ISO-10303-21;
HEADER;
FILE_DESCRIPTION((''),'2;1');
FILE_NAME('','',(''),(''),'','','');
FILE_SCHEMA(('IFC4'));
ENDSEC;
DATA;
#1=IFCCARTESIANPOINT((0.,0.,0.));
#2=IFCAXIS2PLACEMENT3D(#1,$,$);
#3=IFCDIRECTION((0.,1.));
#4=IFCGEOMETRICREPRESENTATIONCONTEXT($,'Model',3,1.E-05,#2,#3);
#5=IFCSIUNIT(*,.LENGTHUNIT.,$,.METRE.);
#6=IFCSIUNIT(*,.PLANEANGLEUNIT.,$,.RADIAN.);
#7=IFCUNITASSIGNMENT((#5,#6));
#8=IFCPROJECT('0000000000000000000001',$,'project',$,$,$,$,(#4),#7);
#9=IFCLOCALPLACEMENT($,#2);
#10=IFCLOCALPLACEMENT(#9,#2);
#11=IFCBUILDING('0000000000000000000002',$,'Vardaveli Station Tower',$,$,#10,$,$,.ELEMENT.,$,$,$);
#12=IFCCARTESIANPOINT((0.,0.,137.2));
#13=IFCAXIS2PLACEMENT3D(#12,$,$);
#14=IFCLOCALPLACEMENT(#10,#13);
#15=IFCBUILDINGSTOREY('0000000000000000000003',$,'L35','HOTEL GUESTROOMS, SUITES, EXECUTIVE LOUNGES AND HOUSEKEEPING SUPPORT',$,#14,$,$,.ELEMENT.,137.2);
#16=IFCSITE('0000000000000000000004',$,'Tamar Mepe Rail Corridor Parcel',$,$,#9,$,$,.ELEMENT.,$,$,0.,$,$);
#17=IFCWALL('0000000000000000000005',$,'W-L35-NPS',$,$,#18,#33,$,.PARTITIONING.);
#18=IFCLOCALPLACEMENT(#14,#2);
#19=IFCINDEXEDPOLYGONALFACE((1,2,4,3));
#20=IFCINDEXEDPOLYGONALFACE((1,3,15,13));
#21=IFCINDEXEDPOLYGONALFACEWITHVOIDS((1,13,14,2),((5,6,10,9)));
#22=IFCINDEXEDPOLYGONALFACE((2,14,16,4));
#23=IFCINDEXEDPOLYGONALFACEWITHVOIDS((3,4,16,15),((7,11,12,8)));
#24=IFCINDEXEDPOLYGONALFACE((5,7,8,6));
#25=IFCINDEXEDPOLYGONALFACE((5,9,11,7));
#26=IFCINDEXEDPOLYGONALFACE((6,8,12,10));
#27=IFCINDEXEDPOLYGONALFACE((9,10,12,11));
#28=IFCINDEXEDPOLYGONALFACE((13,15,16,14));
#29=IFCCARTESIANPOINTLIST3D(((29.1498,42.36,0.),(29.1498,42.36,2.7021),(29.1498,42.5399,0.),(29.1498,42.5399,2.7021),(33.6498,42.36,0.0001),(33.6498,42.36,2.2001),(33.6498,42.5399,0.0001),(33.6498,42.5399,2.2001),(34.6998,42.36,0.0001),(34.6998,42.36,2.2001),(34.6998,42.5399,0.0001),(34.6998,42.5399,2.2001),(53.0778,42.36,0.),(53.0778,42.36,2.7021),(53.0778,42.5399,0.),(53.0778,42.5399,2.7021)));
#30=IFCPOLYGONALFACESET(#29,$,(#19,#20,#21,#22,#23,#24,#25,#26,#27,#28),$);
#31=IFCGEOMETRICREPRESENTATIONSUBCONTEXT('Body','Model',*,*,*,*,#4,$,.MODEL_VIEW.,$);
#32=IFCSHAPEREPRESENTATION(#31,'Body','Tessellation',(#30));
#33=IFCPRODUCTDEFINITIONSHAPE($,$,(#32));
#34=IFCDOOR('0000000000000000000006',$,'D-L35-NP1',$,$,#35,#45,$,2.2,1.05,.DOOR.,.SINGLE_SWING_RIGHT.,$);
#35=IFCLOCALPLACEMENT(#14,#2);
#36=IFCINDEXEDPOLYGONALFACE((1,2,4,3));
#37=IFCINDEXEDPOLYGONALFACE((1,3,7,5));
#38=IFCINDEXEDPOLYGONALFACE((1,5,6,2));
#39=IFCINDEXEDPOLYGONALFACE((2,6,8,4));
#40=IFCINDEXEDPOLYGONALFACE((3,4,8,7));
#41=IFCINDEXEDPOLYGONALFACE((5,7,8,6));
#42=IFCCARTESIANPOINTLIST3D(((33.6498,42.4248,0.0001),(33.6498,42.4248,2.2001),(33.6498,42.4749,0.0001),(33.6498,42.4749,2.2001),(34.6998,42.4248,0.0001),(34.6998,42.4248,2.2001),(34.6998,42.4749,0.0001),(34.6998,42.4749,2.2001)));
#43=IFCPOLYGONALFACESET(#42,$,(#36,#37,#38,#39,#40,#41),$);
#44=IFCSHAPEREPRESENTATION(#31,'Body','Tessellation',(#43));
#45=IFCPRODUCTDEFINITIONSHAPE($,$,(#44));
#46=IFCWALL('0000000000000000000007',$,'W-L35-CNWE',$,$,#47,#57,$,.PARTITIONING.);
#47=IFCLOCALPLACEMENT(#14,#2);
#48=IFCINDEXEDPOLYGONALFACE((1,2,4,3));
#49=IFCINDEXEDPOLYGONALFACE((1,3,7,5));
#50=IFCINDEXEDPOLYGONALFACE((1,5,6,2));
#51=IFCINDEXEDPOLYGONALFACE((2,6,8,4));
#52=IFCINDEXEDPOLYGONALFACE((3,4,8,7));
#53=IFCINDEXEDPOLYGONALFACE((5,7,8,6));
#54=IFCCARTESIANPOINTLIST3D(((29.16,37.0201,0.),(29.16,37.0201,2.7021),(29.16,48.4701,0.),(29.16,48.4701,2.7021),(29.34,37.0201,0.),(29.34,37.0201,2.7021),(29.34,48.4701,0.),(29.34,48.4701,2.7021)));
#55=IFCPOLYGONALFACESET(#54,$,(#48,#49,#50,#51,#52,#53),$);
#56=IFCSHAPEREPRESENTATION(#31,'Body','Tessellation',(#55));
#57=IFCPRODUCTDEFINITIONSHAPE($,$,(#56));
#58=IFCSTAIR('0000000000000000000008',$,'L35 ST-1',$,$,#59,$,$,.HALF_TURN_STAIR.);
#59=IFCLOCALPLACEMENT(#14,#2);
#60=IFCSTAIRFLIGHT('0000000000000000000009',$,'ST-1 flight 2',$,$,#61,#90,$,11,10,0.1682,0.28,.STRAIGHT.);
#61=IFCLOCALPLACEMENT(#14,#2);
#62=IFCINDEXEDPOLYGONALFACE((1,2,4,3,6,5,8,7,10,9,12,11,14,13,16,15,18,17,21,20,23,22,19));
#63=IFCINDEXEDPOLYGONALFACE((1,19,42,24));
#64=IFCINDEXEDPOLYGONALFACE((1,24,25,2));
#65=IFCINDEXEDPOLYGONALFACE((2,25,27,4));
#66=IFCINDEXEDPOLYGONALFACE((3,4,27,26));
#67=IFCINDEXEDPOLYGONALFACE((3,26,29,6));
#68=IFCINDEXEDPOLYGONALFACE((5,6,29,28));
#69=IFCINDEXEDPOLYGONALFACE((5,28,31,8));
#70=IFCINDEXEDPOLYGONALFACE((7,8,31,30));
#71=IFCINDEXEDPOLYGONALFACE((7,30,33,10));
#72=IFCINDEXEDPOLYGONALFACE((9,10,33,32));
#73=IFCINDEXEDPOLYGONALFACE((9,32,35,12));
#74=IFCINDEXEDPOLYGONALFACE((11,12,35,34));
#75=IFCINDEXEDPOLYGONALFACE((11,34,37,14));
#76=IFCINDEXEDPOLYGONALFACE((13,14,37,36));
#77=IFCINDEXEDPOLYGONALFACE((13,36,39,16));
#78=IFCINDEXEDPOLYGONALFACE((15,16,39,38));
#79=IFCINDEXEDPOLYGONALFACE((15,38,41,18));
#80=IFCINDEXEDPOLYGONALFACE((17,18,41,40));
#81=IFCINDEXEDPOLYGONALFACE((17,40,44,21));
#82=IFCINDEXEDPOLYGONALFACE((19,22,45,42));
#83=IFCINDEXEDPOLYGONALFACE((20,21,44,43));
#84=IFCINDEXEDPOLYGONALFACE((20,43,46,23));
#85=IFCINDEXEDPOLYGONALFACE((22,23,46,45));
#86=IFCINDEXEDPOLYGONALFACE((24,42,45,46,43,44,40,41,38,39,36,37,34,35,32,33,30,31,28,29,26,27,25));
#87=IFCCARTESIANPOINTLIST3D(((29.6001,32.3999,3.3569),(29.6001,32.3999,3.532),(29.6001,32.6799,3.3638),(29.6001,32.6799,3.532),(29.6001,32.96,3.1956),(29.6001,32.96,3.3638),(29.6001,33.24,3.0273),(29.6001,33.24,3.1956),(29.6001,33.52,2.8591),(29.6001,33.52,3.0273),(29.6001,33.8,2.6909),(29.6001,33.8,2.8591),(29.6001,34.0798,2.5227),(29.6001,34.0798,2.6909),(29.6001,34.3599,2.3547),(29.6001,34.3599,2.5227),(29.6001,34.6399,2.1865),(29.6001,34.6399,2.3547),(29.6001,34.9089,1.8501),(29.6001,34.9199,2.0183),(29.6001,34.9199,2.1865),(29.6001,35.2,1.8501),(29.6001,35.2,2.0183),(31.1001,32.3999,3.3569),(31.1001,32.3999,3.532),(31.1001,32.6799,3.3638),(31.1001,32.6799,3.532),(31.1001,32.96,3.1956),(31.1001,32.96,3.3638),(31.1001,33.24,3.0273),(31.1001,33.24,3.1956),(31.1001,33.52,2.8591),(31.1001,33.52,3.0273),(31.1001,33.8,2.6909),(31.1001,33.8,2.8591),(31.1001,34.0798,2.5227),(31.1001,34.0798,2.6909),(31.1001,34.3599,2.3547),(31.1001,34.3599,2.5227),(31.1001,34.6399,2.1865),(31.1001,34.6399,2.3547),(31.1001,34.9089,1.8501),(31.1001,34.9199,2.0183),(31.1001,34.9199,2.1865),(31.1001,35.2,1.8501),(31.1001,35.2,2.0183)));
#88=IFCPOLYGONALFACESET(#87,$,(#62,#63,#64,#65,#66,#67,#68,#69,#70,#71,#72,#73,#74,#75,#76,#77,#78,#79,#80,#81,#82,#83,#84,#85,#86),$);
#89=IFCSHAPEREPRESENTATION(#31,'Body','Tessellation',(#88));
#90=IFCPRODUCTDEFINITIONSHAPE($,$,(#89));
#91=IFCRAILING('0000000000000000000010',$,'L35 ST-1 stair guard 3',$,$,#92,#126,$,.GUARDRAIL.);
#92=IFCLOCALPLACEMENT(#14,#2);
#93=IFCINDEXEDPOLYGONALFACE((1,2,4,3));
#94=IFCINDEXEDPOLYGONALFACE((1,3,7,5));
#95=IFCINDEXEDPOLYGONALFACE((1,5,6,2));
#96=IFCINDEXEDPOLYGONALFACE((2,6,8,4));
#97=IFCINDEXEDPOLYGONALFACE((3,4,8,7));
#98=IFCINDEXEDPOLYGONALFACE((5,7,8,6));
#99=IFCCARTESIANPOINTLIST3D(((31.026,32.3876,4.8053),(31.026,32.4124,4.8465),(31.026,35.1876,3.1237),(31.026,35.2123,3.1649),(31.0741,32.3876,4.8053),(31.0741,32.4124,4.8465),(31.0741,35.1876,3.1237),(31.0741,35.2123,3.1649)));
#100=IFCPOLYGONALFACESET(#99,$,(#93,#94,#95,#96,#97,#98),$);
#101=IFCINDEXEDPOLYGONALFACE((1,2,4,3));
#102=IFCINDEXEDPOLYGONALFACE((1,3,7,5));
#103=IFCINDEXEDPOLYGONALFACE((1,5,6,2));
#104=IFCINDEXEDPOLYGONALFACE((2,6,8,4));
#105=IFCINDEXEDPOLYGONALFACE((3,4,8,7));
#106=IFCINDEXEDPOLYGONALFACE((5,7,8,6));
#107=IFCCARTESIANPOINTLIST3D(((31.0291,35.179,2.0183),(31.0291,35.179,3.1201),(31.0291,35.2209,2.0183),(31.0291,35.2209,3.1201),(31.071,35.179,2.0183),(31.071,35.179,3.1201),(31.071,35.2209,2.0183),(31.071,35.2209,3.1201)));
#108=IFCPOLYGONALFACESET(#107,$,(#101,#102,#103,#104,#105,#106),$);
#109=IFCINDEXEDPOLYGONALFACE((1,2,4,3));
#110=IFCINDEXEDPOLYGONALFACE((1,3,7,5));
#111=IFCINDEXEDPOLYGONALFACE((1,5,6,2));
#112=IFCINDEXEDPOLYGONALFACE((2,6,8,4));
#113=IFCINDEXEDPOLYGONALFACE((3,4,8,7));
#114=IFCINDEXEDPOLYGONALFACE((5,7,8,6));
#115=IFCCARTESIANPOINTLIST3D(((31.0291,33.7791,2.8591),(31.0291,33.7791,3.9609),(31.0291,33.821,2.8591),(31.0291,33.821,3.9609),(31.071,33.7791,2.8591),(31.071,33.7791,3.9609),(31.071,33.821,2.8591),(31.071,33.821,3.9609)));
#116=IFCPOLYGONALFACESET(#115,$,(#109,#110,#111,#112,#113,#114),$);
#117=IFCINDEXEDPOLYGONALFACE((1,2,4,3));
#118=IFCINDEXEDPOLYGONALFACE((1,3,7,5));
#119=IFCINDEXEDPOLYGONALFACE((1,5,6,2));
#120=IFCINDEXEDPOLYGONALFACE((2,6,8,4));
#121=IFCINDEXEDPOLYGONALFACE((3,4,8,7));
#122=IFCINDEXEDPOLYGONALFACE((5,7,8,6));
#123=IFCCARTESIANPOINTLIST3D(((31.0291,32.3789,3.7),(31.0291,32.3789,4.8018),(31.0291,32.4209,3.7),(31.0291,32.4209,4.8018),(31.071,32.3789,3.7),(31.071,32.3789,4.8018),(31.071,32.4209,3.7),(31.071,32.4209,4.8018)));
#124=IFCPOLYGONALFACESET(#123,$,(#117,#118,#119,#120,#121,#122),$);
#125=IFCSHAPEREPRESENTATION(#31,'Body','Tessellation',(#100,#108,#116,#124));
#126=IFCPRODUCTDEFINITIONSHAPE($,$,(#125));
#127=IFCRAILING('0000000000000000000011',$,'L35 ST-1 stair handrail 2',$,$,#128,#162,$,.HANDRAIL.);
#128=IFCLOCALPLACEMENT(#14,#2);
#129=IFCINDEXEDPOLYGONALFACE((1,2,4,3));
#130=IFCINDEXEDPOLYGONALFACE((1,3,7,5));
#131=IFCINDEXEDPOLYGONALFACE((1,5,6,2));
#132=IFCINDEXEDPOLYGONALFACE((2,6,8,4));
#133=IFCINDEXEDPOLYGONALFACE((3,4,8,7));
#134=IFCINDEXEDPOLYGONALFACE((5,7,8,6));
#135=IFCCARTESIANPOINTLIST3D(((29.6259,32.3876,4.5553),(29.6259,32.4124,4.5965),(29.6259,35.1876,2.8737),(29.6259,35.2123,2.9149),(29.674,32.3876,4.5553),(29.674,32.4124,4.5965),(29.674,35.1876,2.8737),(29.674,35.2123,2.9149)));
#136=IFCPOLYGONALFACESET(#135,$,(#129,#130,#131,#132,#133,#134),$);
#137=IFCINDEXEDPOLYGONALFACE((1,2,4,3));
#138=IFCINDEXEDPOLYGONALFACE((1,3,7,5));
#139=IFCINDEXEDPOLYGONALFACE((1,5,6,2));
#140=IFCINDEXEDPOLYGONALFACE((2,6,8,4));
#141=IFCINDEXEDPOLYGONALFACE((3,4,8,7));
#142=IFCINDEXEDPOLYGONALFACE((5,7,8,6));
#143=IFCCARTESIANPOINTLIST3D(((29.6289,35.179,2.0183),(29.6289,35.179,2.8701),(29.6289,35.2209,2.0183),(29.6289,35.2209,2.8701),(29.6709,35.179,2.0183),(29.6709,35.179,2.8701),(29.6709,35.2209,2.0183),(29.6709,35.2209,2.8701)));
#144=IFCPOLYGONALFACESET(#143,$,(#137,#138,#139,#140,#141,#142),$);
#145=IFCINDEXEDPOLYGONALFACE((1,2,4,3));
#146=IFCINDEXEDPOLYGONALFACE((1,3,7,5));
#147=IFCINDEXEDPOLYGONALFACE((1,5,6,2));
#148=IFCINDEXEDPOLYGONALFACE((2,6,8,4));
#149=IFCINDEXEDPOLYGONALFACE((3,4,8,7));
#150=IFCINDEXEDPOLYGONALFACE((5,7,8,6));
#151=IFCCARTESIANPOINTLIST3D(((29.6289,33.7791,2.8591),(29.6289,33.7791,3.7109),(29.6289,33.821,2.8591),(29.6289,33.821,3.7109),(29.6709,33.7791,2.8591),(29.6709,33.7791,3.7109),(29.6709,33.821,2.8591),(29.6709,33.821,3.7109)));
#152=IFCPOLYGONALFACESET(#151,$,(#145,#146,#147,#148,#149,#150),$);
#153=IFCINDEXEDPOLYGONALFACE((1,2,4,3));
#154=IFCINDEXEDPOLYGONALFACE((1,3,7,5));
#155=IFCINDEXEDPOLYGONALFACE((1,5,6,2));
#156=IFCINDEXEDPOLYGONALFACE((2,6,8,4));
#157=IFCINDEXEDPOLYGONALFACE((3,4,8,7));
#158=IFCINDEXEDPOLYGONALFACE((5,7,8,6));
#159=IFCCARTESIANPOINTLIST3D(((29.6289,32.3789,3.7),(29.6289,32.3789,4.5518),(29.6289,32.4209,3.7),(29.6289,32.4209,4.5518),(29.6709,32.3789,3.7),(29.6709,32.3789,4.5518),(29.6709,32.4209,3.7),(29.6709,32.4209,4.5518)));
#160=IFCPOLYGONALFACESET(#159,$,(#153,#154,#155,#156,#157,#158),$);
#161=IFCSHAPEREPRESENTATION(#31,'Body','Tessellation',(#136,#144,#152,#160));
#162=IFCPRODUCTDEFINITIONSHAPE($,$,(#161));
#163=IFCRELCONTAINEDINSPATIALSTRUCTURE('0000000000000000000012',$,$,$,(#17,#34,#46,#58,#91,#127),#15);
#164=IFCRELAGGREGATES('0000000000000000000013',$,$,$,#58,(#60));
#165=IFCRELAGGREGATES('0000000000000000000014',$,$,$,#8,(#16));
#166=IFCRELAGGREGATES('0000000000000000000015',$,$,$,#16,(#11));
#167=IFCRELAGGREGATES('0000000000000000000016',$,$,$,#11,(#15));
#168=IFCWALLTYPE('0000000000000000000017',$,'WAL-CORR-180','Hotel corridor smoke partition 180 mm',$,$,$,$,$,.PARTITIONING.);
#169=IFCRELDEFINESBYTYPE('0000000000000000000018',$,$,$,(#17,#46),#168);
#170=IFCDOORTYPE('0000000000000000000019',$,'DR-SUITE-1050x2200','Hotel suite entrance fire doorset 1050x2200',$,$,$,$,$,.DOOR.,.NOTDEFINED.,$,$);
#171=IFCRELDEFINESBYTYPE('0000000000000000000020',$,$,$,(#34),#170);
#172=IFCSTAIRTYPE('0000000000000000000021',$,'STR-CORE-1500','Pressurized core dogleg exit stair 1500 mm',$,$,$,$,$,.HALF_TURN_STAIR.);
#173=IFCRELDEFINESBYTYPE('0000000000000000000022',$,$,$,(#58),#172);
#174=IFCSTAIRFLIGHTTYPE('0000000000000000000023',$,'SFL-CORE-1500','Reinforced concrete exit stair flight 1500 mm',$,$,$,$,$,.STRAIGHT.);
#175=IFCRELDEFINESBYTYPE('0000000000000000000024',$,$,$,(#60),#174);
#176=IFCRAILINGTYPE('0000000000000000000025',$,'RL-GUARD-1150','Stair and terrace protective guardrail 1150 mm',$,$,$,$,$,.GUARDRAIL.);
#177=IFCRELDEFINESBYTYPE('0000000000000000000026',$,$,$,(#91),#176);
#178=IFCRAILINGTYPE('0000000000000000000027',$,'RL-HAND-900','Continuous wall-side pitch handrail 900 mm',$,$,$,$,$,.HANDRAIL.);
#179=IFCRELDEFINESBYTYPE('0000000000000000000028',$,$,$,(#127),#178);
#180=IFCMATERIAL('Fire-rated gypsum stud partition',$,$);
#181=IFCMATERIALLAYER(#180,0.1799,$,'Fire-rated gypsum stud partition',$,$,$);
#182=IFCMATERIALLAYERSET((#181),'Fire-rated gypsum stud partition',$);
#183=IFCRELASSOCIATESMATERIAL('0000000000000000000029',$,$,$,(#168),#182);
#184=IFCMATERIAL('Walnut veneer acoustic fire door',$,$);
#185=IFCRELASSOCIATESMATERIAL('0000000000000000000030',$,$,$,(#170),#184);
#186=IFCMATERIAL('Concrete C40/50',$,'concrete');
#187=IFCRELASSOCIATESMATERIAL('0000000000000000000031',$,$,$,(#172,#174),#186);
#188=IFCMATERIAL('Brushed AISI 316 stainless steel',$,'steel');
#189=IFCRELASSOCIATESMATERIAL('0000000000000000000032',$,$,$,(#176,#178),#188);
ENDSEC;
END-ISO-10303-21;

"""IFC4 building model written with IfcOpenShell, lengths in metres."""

from ifc_helpers import new_model, si_unit, direction, frame, frame_2d, origin, origin_2d, place, context, subcontext, project, spatial, polyline, rectangle, outline, extrude, source, transform, mapped, material, layer, layer_set, type_object, element, fill, aggregate, save


model = new_model("IFC4")

# Units and contexts
model_context = context("Model", 3, precision=1e-05, world=origin(), true_north=direction((0.0, 1.0)))
body_context = subcontext(model_context, "Body", "Model", "MODEL_VIEW")
ifc_project = project(units=[si_unit("LENGTHUNIT", "METRE"), si_unit("PLANEANGLEUNIT", "RADIAN")], contexts=[model_context])

# Site, building, storey
site_placement = place(None, origin())
site = spatial("IfcSite", under=ifc_project, at=site_placement, Name="Tamar Mepe Rail Corridor Parcel", CompositionType="ELEMENT", RefElevation=0.0)
building_placement = place(site_placement, origin())
building = spatial("IfcBuilding", under=site, at=building_placement, Name="Vardaveli Station Tower", CompositionType="ELEMENT")
storey_placement = place(building_placement, frame((0.0, 0.0, 137.2)))
storey = spatial("IfcBuildingStorey", under=building, at=storey_placement, Name="L35", Description="HOTEL GUESTROOMS, SUITES, EXECUTIVE LOUNGES AND HOUSEKEEPING SUPPORT", CompositionType="ELEMENT", Elevation=137.2)

# Shared definitions
ifc_material_1 = material(Name="Concrete C40/50", Category="concrete")

# Wall, opening, door
ifc_material_2 = material(Name="Fire-rated gypsum stud partition")
ifc_layer_1 = layer(ifc_material_2, 0.1799, Name="Fire-rated gypsum stud partition")
ifc_layer_set_1 = layer_set([ifc_layer_1], Name="Fire-rated gypsum stud partition")
wall_type_1 = type_object("IfcWallType", Name="WAL-CORR-180", Description="Hotel corridor smoke partition 180 mm", PredefinedType="PARTITIONING", material=ifc_layer_set_1)
shared_shape_1 = source(origin(), body_context, "Body", "SweptSolid", [
    extrude(rectangle(XDim=23.928, YDim=0.1799, at=frame_2d((11.9639, 0.0))), origin(), (0.0, 0.0, 1.0), 2.7021),
])
wall_1_placement = place(storey_placement, frame((29.1499, 42.45, 0.0), z_axis=(0.0, 0.0, 1.0), x_axis=(1.0, 0.0, 0.0)))
wall_1 = element("IfcWall", 1, at=wall_1_placement, inside=storey, type_object=wall_type_1, Name="W-L35-NPS", PredefinedType="PARTITIONING", context=body_context, shape_type="MappedRepresentation", body=[
    mapped(shared_shape_1, transform((0.0, 0.0, 0.0), scale=1.0)),
])
shared_shape_2 = source(origin(), body_context, "Body", "SweptSolid", [
    extrude(rectangle(XDim=1.05, YDim=2.2, at=frame_2d((0.5249, 1.1001))), frame((0.0, 0.1001, 0.0), z_axis=(0.0, -1.0, 0.0), x_axis=(1.0, 0.0, 0.0)), (0.0, 0.0, 1.0), 0.2),
])
opening_1_placement = place(wall_1_placement, frame((4.5, 0.0, 0.0)))
opening_1 = element("IfcOpeningElement", 2, at=opening_1_placement, cuts=wall_1, PredefinedType="OPENING", context=body_context, shape_type="MappedRepresentation", body=[
    mapped(shared_shape_2, transform((0.0, 0.0, 0.0), scale=1.0)),
])
ifc_material_3 = material(Name="Walnut veneer acoustic fire door")
door_type_1 = type_object("IfcDoorType", Name="DR-SUITE-1050x2200", Description="Hotel suite entrance fire doorset 1050x2200", OperationType="NOTDEFINED", PredefinedType="DOOR", material=ifc_material_3)
shared_shape_3 = source(origin(), body_context, "Body", "SweptSolid", [
    extrude(rectangle(XDim=1.05, YDim=2.2, at=frame_2d((0.5249, 1.1001))), frame((0.0, 0.0249, 0.0), z_axis=(0.0, -1.0, 0.0), x_axis=(1.0, 0.0, 0.0)), (0.0, 0.0, 1.0), 0.05),
])
door_1_placement = place(opening_1_placement, origin())
door_1 = element("IfcDoor", 3, at=door_1_placement, inside=storey, type_object=door_type_1, Name="D-L35-NP1", OperationType="SINGLE_SWING_RIGHT", OverallHeight=2.2, OverallWidth=1.05, PredefinedType="DOOR", context=body_context, shape_type="MappedRepresentation", body=[
    mapped(shared_shape_3, transform((0.0, 0.0, 0.0), scale=1.0)),
])
fill(opening_1, door_1)

# Wall
shared_shape_4 = source(origin(), body_context, "Body", "SweptSolid", [
    extrude(rectangle(XDim=11.45, YDim=0.1799, at=frame_2d((5.7251, 0.0))), origin(), (0.0, 0.0, 1.0), 2.7021),
])
wall_2_placement = place(storey_placement, frame((29.25, 37.02, 0.0), z_axis=(0.0, 0.0, 1.0), x_axis=(0.0, 1.0, 0.0)))
element("IfcWall", 4, at=wall_2_placement, inside=storey, type_object=wall_type_1, Name="W-L35-CNWE", PredefinedType="PARTITIONING", context=body_context, shape_type="MappedRepresentation", body=[
    mapped(shared_shape_4, transform((0.0, 0.0, 0.0), scale=1.0)),
])

# Stair, stair flight
stair_type = type_object("IfcStairType", Name="STR-CORE-1500", Description="Pressurized core dogleg exit stair 1500 mm", PredefinedType="HALF_TURN_STAIR", material=ifc_material_1)
stair_placement = place(storey_placement, origin())
stair = element("IfcStair", 5, at=stair_placement, inside=storey, type_object=stair_type, Name="L35 ST-1", PredefinedType="HALF_TURN_STAIR")
stair_flight_type = type_object("IfcStairFlightType", Name="SFL-CORE-1500", Description="Reinforced concrete exit stair flight 1500 mm", PredefinedType="STRAIGHT", material=ifc_material_1)
shared_shape_5 = source(origin(), body_context, "Body", "SweptSolid", [
    extrude(outline(polyline([(0.0, 0.0), (0.0, 0.1682), (0.28, 0.1682), (0.28, 0.3364), (0.5601, 0.3364), (0.5601, 0.5046), (0.8401, 0.5046), (0.8401, 0.6726), (1.1201, 0.6726), (1.1201, 0.8408), (1.3999, 0.8408), (1.3999, 1.009), (1.6799, 1.009), (1.6799, 1.1772), (1.96, 1.1772), (1.96, 1.3455), (2.24, 1.3455), (2.24, 1.5137), (2.52, 1.5137), (2.52, 1.6819), (2.8, 1.6819), (2.8, 1.8501), (2.8, 1.5068), (0.291, 0.0), (0.0, 0.0)])), frame((0.0, 0.75, 0.0), z_axis=(0.0, -1.0, 0.0), x_axis=(1.0, 0.0, 0.0)), (0.0, 0.0, 1.0), 1.5),
])
stair_flight_placement = place(storey_placement, frame((30.3501, 35.2, 1.8501), z_axis=(0.0, 0.0, 1.0), x_axis=(0.0, -1.0, 0.0)))
stair_flight = element("IfcStairFlight", 6, at=stair_flight_placement, type_object=stair_flight_type, Name="ST-1 flight 2", NumberOfRisers=11, NumberOfTreads=10, PredefinedType="STRAIGHT", RiserHeight=0.1682, TreadLength=0.28, context=body_context, shape_type="MappedRepresentation", body=[
    mapped(shared_shape_5, transform((0.0, 0.0, 0.0), scale=1.0)),
])
aggregate(stair, [stair_flight])

# Railings
ifc_material_4 = material(Name="Brushed AISI 316 stainless steel", Category="steel")
railing_type_1 = type_object("IfcRailingType", Name="RL-GUARD-1150", Description="Stair and terrace protective guardrail 1150 mm", PredefinedType="GUARDRAIL", material=ifc_material_4)
shared_shape_6 = source(origin(), body_context, "Body", "SweptSolid", [
    extrude(rectangle(XDim=0.0481, YDim=0.0481, at=origin_2d()), frame((0.0, 0.0, 1.126), z_axis=(0.0, -0.857275, 0.514858), x_axis=(1.0, 0.0, 0.0)), (0.0, 0.0, 1.0), 3.2661),
    extrude(rectangle(XDim=0.042, YDim=0.042, at=origin_2d()), origin(), (0.0, 0.0, 1.0), 1.1018),
    extrude(rectangle(XDim=0.042, YDim=0.042, at=origin_2d()), frame((0.0, -1.3999, 0.8408)), (0.0, 0.0, 1.0), 1.1018),
    extrude(rectangle(XDim=0.042, YDim=0.042, at=origin_2d()), frame((0.0, -2.8, 1.6816)), (0.0, 0.0, 1.0), 1.1018),
])
railing_1_placement = place(storey_placement, frame((31.05, 35.2, 2.0183)))
element("IfcRailing", 7, at=railing_1_placement, inside=storey, type_object=railing_type_1, Name="L35 ST-1 stair guard 3", PredefinedType="GUARDRAIL", context=body_context, shape_type="MappedRepresentation", body=[
    mapped(shared_shape_6, transform((0.0, 0.0, 0.0), scale=1.0)),
])
railing_type_2 = type_object("IfcRailingType", Name="RL-HAND-900", Description="Continuous wall-side pitch handrail 900 mm", PredefinedType="HANDRAIL", material=ifc_material_4)
shared_shape_7 = source(origin(), body_context, "Body", "SweptSolid", [
    extrude(rectangle(XDim=0.0481, YDim=0.0481, at=origin_2d()), frame((0.0, 0.0, 0.876), z_axis=(0.0, -0.857275, 0.514858), x_axis=(1.0, 0.0, 0.0)), (0.0, 0.0, 1.0), 3.2661),
    extrude(rectangle(XDim=0.042, YDim=0.042, at=origin_2d()), origin(), (0.0, 0.0, 1.0), 0.8518),
    extrude(rectangle(XDim=0.042, YDim=0.042, at=origin_2d()), frame((0.0, -1.3999, 0.8408)), (0.0, 0.0, 1.0), 0.8518),
    extrude(rectangle(XDim=0.042, YDim=0.042, at=origin_2d()), frame((0.0, -2.8, 1.6816)), (0.0, 0.0, 1.0), 0.8518),
])
railing_2_placement = place(storey_placement, frame((29.6499, 35.2, 2.0183)))
element("IfcRailing", 8, at=railing_2_placement, inside=storey, type_object=railing_type_2, Name="L35 ST-1 stair handrail 2", PredefinedType="HANDRAIL", context=body_context, shape_type="MappedRepresentation", body=[
    mapped(shared_shape_7, transform((0.0, 0.0, 0.0), scale=1.0)),
])

save(model, "model.ifc")
